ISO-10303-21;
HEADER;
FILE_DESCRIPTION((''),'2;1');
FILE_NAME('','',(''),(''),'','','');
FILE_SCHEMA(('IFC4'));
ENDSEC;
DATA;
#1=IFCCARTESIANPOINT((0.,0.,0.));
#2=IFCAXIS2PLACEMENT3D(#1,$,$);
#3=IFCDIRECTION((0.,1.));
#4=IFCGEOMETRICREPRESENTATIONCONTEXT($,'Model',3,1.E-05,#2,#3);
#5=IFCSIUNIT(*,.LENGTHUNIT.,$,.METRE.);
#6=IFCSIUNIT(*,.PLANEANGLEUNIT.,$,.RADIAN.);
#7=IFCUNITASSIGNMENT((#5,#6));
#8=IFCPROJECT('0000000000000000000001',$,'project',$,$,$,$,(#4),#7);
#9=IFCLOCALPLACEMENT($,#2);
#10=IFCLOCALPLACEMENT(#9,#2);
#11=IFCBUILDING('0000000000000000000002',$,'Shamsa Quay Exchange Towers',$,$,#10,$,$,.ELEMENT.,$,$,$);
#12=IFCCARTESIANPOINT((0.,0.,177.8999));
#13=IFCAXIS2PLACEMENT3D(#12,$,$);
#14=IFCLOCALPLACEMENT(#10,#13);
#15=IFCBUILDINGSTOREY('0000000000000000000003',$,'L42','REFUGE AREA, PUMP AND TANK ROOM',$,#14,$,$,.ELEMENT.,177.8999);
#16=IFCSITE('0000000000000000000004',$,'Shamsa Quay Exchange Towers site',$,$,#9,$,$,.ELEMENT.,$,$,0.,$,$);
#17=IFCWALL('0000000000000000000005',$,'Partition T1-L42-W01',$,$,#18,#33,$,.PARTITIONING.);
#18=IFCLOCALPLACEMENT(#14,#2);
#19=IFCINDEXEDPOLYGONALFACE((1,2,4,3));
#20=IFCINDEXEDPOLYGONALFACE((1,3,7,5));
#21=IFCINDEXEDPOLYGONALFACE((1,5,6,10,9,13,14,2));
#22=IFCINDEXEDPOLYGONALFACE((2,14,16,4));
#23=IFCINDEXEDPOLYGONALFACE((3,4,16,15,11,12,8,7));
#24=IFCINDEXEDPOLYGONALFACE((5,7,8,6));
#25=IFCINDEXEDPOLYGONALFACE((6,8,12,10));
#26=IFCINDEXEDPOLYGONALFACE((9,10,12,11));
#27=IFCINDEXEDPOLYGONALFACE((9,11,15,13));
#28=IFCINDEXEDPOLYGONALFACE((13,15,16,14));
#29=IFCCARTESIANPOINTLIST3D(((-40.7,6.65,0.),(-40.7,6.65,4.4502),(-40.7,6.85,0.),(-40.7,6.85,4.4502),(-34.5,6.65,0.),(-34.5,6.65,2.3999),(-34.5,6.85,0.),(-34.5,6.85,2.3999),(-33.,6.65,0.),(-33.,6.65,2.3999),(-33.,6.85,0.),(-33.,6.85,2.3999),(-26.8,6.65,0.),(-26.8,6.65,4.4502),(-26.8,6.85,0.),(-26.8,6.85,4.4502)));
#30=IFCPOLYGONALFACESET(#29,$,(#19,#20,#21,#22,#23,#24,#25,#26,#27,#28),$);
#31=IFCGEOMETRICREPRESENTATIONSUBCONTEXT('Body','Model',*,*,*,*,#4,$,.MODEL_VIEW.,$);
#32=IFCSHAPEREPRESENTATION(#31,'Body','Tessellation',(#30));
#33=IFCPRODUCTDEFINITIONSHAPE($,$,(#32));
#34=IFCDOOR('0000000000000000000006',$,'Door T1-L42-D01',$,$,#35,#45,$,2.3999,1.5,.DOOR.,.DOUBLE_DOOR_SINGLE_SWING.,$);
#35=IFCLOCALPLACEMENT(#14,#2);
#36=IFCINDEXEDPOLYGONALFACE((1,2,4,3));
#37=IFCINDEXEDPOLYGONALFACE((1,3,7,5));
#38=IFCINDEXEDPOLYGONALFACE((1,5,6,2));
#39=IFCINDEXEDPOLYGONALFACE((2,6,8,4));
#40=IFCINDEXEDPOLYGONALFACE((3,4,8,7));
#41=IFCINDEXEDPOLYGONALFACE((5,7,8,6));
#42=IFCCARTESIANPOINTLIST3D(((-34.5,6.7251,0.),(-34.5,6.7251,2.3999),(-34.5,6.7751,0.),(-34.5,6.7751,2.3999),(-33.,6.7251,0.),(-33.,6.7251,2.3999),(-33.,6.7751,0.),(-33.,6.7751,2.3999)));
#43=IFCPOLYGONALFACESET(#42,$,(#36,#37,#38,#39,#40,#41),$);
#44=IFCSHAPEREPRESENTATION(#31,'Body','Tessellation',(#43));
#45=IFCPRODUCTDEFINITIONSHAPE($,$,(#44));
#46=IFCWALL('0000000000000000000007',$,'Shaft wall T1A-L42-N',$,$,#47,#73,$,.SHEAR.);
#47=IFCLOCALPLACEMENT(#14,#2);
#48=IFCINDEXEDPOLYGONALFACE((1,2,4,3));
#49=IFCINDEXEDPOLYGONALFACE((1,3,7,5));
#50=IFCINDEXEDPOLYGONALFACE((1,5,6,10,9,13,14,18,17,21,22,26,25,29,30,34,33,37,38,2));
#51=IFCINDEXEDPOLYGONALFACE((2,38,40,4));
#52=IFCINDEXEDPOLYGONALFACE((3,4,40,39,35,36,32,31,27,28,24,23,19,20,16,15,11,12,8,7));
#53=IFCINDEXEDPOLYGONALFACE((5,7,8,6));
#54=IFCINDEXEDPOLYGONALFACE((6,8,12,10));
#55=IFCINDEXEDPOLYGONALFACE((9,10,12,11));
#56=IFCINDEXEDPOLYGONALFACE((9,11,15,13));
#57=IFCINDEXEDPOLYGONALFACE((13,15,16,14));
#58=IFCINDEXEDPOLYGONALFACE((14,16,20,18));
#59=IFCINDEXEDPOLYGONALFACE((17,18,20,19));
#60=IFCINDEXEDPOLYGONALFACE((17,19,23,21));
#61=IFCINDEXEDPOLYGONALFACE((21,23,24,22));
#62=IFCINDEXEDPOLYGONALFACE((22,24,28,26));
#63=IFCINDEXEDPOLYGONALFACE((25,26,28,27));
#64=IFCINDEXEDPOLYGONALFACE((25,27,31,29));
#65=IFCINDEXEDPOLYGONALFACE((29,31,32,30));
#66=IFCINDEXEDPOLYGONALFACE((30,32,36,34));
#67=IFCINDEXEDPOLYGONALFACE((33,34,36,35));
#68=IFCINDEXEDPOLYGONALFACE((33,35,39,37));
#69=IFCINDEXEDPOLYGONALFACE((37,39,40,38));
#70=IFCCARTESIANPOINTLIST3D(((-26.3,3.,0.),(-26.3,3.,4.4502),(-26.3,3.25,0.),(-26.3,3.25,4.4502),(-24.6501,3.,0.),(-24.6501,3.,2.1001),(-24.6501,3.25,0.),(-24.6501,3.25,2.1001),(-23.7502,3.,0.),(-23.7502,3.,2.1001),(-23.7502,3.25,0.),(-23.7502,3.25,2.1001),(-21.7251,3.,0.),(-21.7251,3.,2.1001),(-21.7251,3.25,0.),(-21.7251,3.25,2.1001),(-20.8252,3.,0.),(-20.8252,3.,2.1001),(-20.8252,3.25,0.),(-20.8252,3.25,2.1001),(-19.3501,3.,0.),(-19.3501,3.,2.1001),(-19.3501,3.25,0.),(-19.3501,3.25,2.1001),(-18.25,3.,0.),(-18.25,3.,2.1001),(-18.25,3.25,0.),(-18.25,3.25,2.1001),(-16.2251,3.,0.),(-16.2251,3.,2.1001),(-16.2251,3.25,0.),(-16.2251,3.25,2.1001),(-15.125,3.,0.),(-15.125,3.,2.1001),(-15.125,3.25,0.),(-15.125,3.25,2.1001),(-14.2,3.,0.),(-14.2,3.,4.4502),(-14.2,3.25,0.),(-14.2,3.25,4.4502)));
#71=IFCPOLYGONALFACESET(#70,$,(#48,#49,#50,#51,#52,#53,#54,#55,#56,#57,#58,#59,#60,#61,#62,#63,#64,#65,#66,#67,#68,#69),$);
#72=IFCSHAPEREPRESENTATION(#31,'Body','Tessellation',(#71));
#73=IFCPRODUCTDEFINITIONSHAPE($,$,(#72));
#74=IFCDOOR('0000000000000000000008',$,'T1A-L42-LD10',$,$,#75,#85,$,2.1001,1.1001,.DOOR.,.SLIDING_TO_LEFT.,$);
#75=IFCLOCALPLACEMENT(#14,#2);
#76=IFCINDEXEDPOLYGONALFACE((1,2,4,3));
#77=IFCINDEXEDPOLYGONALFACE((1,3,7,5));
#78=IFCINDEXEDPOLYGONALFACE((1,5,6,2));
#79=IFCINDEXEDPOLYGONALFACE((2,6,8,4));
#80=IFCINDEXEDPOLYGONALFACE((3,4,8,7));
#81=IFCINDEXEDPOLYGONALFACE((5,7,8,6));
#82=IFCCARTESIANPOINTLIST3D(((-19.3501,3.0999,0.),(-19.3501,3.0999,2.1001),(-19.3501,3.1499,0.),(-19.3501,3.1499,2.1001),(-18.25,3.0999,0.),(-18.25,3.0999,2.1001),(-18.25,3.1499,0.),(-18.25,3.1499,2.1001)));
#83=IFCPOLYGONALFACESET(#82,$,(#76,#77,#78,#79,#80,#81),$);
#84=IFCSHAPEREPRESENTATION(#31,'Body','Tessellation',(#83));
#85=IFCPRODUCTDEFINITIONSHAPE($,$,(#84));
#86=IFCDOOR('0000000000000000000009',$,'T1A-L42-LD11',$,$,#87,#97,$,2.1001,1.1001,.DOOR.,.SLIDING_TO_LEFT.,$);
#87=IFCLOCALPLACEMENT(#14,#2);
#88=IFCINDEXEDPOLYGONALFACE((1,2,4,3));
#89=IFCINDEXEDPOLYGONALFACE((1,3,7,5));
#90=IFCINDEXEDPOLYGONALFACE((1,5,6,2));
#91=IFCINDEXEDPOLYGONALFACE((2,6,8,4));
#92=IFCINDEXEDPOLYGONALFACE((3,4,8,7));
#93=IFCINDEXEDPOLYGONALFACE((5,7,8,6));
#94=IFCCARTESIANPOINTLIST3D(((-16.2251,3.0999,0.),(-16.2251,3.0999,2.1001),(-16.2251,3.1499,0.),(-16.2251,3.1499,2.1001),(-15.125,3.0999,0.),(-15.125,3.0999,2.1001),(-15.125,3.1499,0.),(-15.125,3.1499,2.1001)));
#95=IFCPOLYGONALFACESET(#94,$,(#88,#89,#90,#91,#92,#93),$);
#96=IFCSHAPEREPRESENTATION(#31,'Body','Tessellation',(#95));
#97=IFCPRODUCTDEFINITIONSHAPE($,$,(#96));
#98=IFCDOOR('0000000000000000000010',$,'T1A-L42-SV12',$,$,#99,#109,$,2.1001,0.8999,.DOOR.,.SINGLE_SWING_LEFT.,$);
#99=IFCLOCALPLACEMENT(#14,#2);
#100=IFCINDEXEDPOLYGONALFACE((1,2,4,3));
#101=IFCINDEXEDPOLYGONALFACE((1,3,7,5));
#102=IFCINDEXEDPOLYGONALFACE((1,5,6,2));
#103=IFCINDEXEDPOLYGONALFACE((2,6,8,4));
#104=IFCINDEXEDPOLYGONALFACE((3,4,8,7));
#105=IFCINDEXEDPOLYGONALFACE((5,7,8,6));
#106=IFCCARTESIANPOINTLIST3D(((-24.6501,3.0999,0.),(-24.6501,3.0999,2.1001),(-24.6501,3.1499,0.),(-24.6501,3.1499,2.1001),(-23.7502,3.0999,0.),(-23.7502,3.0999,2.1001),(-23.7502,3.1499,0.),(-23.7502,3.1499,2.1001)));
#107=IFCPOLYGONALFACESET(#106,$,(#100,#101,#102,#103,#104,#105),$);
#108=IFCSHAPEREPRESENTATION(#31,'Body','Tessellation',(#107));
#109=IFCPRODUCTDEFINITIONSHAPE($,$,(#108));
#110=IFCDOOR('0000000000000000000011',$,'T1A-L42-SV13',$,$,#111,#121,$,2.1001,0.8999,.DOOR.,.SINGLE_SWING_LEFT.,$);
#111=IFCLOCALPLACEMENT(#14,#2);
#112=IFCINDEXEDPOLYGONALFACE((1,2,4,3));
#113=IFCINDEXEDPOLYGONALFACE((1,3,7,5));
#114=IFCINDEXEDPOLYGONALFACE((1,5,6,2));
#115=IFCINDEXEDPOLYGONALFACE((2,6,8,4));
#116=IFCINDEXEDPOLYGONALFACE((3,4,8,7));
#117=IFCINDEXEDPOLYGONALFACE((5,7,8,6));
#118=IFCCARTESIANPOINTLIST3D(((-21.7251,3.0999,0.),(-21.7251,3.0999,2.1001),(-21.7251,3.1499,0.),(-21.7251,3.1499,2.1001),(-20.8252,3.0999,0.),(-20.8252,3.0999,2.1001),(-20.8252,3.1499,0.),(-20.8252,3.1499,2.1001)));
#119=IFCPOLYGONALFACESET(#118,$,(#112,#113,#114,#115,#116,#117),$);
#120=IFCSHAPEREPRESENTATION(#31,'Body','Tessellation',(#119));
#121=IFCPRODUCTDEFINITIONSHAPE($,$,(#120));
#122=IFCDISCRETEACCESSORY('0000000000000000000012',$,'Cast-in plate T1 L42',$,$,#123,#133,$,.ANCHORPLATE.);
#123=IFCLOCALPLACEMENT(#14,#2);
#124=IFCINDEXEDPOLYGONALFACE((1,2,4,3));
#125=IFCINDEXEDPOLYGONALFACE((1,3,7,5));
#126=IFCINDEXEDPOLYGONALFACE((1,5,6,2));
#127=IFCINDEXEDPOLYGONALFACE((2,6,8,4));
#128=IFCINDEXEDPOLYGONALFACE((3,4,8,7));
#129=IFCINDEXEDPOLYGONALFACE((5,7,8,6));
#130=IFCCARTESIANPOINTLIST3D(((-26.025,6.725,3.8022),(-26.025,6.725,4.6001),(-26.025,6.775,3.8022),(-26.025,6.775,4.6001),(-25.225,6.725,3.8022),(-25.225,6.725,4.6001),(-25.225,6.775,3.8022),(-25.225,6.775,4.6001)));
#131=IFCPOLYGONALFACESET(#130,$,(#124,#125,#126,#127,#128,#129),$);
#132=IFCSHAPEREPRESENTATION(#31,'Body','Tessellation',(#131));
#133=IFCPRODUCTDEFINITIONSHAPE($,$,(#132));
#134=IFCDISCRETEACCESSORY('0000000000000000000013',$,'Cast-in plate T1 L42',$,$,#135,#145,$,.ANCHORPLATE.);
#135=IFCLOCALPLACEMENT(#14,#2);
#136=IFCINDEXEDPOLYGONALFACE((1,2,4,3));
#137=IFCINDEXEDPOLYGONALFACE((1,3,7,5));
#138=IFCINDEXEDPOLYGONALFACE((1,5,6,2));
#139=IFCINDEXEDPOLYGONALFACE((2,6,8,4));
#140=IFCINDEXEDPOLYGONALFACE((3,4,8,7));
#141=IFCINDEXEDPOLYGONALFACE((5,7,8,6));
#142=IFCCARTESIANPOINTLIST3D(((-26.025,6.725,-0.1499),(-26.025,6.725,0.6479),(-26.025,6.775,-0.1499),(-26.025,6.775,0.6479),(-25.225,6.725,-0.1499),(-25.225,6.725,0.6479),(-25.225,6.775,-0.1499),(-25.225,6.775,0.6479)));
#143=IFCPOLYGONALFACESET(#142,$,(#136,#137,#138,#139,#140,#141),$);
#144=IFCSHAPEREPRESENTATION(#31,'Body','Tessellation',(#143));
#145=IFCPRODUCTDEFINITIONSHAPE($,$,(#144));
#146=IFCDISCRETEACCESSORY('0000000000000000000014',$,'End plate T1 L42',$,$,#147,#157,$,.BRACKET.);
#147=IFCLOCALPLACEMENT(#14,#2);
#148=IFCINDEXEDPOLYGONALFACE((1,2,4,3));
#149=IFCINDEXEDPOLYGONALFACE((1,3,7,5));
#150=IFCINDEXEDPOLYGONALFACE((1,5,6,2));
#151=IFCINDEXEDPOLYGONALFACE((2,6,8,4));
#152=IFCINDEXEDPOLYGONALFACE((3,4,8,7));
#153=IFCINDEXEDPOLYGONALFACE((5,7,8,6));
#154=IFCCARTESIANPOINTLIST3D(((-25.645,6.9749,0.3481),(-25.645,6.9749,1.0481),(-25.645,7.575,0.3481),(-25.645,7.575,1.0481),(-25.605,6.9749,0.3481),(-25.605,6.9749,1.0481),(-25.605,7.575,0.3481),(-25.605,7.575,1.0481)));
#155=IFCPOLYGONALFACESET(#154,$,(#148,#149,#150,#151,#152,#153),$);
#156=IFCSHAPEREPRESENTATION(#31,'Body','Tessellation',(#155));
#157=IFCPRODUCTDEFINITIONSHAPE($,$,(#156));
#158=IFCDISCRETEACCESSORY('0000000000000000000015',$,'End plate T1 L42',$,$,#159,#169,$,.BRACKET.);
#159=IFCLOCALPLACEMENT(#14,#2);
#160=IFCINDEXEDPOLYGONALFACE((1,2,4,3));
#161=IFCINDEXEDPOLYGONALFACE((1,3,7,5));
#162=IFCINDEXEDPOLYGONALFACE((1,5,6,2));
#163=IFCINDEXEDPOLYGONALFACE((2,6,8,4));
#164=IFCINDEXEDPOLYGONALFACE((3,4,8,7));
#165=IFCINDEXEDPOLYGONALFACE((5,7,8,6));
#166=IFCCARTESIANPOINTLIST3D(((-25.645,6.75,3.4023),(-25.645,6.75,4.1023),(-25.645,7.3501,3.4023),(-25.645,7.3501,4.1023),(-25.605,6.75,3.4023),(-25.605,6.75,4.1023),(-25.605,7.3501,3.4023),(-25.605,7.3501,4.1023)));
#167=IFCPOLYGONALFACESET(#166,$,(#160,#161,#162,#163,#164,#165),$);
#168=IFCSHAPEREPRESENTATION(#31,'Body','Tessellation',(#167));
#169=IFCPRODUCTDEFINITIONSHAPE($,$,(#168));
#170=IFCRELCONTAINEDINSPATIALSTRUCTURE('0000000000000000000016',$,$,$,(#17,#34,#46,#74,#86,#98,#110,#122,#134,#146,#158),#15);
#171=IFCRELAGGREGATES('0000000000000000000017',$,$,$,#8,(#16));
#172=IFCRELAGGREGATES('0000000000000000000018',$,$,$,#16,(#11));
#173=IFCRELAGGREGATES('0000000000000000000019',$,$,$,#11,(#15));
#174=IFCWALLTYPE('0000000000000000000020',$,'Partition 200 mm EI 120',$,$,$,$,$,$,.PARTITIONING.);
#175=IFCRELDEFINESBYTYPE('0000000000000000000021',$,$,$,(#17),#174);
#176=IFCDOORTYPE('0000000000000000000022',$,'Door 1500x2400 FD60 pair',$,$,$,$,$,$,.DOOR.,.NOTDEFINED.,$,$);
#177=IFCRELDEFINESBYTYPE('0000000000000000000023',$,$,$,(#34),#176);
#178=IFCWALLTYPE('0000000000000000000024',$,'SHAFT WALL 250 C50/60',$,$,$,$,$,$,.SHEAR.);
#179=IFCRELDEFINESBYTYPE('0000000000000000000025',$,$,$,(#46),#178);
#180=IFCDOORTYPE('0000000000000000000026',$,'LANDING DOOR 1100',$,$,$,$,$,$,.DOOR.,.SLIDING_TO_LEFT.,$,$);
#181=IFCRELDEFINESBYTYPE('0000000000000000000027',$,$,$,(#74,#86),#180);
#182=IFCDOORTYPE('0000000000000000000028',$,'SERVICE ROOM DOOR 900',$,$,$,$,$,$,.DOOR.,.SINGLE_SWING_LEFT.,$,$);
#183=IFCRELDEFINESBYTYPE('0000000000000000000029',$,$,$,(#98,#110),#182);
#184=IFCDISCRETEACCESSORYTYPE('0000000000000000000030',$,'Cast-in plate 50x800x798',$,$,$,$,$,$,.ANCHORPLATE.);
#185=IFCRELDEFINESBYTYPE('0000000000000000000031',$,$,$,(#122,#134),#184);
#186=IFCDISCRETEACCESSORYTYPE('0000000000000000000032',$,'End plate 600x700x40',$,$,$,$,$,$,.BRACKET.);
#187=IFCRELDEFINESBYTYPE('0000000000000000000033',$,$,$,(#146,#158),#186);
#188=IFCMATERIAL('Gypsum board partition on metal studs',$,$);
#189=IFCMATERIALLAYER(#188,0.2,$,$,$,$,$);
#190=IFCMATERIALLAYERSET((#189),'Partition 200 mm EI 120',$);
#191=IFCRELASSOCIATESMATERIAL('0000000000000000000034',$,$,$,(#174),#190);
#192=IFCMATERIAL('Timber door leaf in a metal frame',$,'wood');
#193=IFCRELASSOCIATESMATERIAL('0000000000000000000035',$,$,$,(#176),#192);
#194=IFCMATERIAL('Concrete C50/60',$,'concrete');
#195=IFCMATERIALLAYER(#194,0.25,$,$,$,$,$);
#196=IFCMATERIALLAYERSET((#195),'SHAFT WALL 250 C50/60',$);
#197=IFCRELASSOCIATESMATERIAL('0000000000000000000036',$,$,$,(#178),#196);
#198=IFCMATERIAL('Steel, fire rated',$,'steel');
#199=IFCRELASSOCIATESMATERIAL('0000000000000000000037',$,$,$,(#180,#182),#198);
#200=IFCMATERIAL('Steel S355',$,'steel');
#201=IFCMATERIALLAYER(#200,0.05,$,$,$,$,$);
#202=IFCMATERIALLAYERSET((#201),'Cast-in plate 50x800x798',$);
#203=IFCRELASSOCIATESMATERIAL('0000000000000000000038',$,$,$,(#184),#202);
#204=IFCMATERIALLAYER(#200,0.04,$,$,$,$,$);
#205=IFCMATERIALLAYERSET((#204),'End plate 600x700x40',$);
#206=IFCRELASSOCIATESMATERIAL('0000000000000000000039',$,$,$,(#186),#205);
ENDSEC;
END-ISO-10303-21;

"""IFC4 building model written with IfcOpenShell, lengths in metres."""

from ifc_helpers import new_model, si_unit, direction, frame, frame_2d, origin, origin_2d, place, context, subcontext, project, spatial, rectangle, extrude, material, layer, layer_set, type_object, element, fill, save


model = new_model("IFC4")

# Units and contexts
model_context = context("Model", 3, precision=1e-05, world=origin(), true_north=direction((0.0, 1.0)))
body_context = subcontext(model_context, "Body", "Model", "MODEL_VIEW")
ifc_project = project(units=[si_unit("LENGTHUNIT", "METRE"), si_unit("PLANEANGLEUNIT", "RADIAN")], contexts=[model_context])

# Site, building, storey
site_placement = place(None, origin())
site = spatial("IfcSite", under=ifc_project, at=site_placement, Name="Shamsa Quay Exchange Towers site", CompositionType="ELEMENT", RefElevation=0.0)
building_placement = place(site_placement, origin())
building = spatial("IfcBuilding", under=site, at=building_placement, Name="Shamsa Quay Exchange Towers", CompositionType="ELEMENT")
storey_placement = place(building_placement, frame((0.0, 0.0, 177.8999)))
storey = spatial("IfcBuildingStorey", under=building, at=storey_placement, Name="L42", Description="REFUGE AREA, PUMP AND TANK ROOM", CompositionType="ELEMENT", Elevation=177.8999)

# Shared definitions
ifc_material_1 = material(Name="Steel S355", Category="steel")

# Shared definitions
ifc_material_2 = material(Name="Steel, fire rated", Category="steel")

# Wall, opening, door
ifc_material_3 = material(Name="Gypsum board partition on metal studs")
ifc_layer_1 = layer(ifc_material_3, 0.2)
ifc_layer_set_1 = layer_set([ifc_layer_1], Name="Partition 200 mm EI 120")
wall_type_1 = type_object("IfcWallType", Name="Partition 200 mm EI 120", PredefinedType="PARTITIONING", material=ifc_layer_set_1)
wall_1_placement = place(storey_placement, frame((-26.8, 6.75, 0.0), z_axis=(0.0, 0.0, 1.0), x_axis=(-1.0, 0.0, 0.0)))
wall_1 = element("IfcWall", 1, at=wall_1_placement, inside=storey, type_object=wall_type_1, Name="Partition T1-L42-W01", PredefinedType="PARTITIONING", context=body_context, shape_type="SweptSolid", body=[
    extrude(rectangle(XDim=13.8999, YDim=0.2, at=frame_2d((6.95, 0.0))), origin(), (0.0, 0.0, 1.0), 4.4502),
])
opening_1_placement = place(wall_1_placement, frame((6.2, 0.0, 0.0)))
opening_1 = element("IfcOpeningElement", 2, at=opening_1_placement, cuts=wall_1, PredefinedType="OPENING", context=body_context, shape_type="SweptSolid", body=[
    extrude(rectangle(XDim=1.5, YDim=2.3999, at=frame_2d((0.75, 1.2))), frame((0.0, 0.1099, 0.0), z_axis=(0.0, -1.0, 0.0), x_axis=(1.0, 0.0, 0.0)), (0.0, 0.0, 1.0), 0.22),
])
ifc_material_4 = material(Name="Timber door leaf in a metal frame", Category="wood")
door_type_1 = type_object("IfcDoorType", Name="Door 1500x2400 FD60 pair", OperationType="NOTDEFINED", PredefinedType="DOOR", material=ifc_material_4)
door_1_placement = place(opening_1_placement, origin())
door_1 = element("IfcDoor", 3, at=door_1_placement, inside=storey, type_object=door_type_1, Name="Door T1-L42-D01", OperationType="DOUBLE_DOOR_SINGLE_SWING", OverallHeight=2.3999, OverallWidth=1.5, PredefinedType="DOOR", context=body_context, shape_type="SweptSolid", body=[
    extrude(rectangle(XDim=1.5, YDim=2.3999, at=frame_2d((0.75, 1.2))), frame((0.0, 0.0249, 0.0), z_axis=(0.0, -1.0, 0.0), x_axis=(1.0, 0.0, 0.0)), (0.0, 0.0, 1.0), 0.05),
])
fill(opening_1, door_1)

# Wall, openings, doors
ifc_material_5 = material(Name="Concrete C50/60", Category="concrete")
ifc_layer_2 = layer(ifc_material_5, 0.25)
ifc_layer_set_2 = layer_set([ifc_layer_2], Name="SHAFT WALL 250 C50/60")
wall_type_2 = type_object("IfcWallType", Name="SHAFT WALL 250 C50/60", PredefinedType="SHEAR", material=ifc_layer_set_2)
wall_2_placement = place(storey_placement, frame((-26.3, 3.125, 0.0)))
wall_2 = element("IfcWall", 4, at=wall_2_placement, inside=storey, type_object=wall_type_2, Name="Shaft wall T1A-L42-N", PredefinedType="SHEAR", context=body_context, shape_type="SweptSolid", body=[
    extrude(rectangle(XDim=12.1001, YDim=0.25, at=frame_2d((6.05, 0.0))), origin(), (0.0, 0.0, 1.0), 4.4502),
])
opening_2_placement = place(wall_2_placement, frame((6.95, 0.0, 0.0)))
opening_2 = element("IfcOpeningElement", 5, at=opening_2_placement, cuts=wall_2, PredefinedType="OPENING", context=body_context, shape_type="SweptSolid", body=[
    extrude(rectangle(XDim=1.1001, YDim=2.1001, at=frame_2d((0.55, 1.05))), frame((0.0, 0.135, 0.0), z_axis=(0.0, -1.0, 0.0), x_axis=(1.0, 0.0, 0.0)), (0.0, 0.0, 1.0), 0.27),
])
opening_3_placement = place(wall_2_placement, frame((10.075, 0.0, 0.0)))
opening_3 = element("IfcOpeningElement", 6, at=opening_3_placement, cuts=wall_2, PredefinedType="OPENING", context=body_context, shape_type="SweptSolid", body=[
    extrude(rectangle(XDim=1.1001, YDim=2.1001, at=frame_2d((0.55, 1.05))), frame((0.0, 0.135, 0.0), z_axis=(0.0, -1.0, 0.0), x_axis=(1.0, 0.0, 0.0)), (0.0, 0.0, 1.0), 0.27),
])
opening_4_placement = place(wall_2_placement, frame((1.6499, 0.0, 0.0)))
opening_4 = element("IfcOpeningElement", 7, at=opening_4_placement, cuts=wall_2, PredefinedType="OPENING", context=body_context, shape_type="SweptSolid", body=[
    extrude(rectangle(XDim=0.8999, YDim=2.1001, at=frame_2d((0.45, 1.05))), frame((0.0, 0.135, 0.0), z_axis=(0.0, -1.0, 0.0), x_axis=(1.0, 0.0, 0.0)), (0.0, 0.0, 1.0), 0.27),
])
opening_5_placement = place(wall_2_placement, frame((4.575, 0.0, 0.0)))
opening_5 = element("IfcOpeningElement", 8, at=opening_5_placement, cuts=wall_2, PredefinedType="OPENING", context=body_context, shape_type="SweptSolid", body=[
    extrude(rectangle(XDim=0.8999, YDim=2.1001, at=frame_2d((0.45, 1.05))), frame((0.0, 0.135, 0.0), z_axis=(0.0, -1.0, 0.0), x_axis=(1.0, 0.0, 0.0)), (0.0, 0.0, 1.0), 0.27),
])
door_type_2 = type_object("IfcDoorType", Name="LANDING DOOR 1100", OperationType="SLIDING_TO_LEFT", PredefinedType="DOOR", material=ifc_material_2)
door_2_placement = place(opening_2_placement, origin())
door_2 = element("IfcDoor", 9, at=door_2_placement, inside=storey, type_object=door_type_2, Name="T1A-L42-LD10", OperationType="SLIDING_TO_LEFT", OverallHeight=2.1001, OverallWidth=1.1001, PredefinedType="DOOR", context=body_context, shape_type="SweptSolid", body=[
    extrude(rectangle(XDim=1.1001, YDim=2.1001, at=frame_2d((0.55, 1.05))), frame((0.0, 0.0249, 0.0), z_axis=(0.0, -1.0, 0.0), x_axis=(1.0, 0.0, 0.0)), (0.0, 0.0, 1.0), 0.05),
])
fill(opening_2, door_2)
door_3_placement = place(opening_3_placement, origin())
door_3 = element("IfcDoor", 10, at=door_3_placement, inside=storey, type_object=door_type_2, Name="T1A-L42-LD11", OperationType="SLIDING_TO_LEFT", OverallHeight=2.1001, OverallWidth=1.1001, PredefinedType="DOOR", context=body_context, shape_type="SweptSolid", body=[
    extrude(rectangle(XDim=1.1001, YDim=2.1001, at=frame_2d((0.55, 1.05))), frame((0.0, 0.0249, 0.0), z_axis=(0.0, -1.0, 0.0), x_axis=(1.0, 0.0, 0.0)), (0.0, 0.0, 1.0), 0.05),
])
fill(opening_3, door_3)
door_type_3 = type_object("IfcDoorType", Name="SERVICE ROOM DOOR 900", OperationType="SINGLE_SWING_LEFT", PredefinedType="DOOR", material=ifc_material_2)
door_4_placement = place(opening_4_placement, origin())
door_4 = element("IfcDoor", 11, at=door_4_placement, inside=storey, type_object=door_type_3, Name="T1A-L42-SV12", OperationType="SINGLE_SWING_LEFT", OverallHeight=2.1001, OverallWidth=0.8999, PredefinedType="DOOR", context=body_context, shape_type="SweptSolid", body=[
    extrude(rectangle(XDim=0.8999, YDim=2.1001, at=frame_2d((0.45, 1.05))), frame((0.0, 0.0249, 0.0), z_axis=(0.0, -1.0, 0.0), x_axis=(1.0, 0.0, 0.0)), (0.0, 0.0, 1.0), 0.05),
])
fill(opening_4, door_4)
door_5_placement = place(opening_5_placement, origin())
door_5 = element("IfcDoor", 12, at=door_5_placement, inside=storey, type_object=door_type_3, Name="T1A-L42-SV13", OperationType="SINGLE_SWING_LEFT", OverallHeight=2.1001, OverallWidth=0.8999, PredefinedType="DOOR", context=body_context, shape_type="SweptSolid", body=[
    extrude(rectangle(XDim=0.8999, YDim=2.1001, at=frame_2d((0.45, 1.05))), frame((0.0, 0.0249, 0.0), z_axis=(0.0, -1.0, 0.0), x_axis=(1.0, 0.0, 0.0)), (0.0, 0.0, 1.0), 0.05),
])
fill(opening_5, door_5)

# Discrete accessories
ifc_layer_3 = layer(ifc_material_1, 0.05)
ifc_layer_set_3 = layer_set([ifc_layer_3], Name="Cast-in plate 50x800x798")
discrete_accessory_type_1 = type_object("IfcDiscreteAccessoryType", Name="Cast-in plate 50x800x798", PredefinedType="ANCHORPLATE", material=ifc_layer_set_3)
for number, where, z_axis, x_axis, name in (
    (13, (-25.625, 6.75, 3.8022), (0.0, 0.0, 1.0), (0.0, -1.0, 0.0), "Cast-in plate T1 L42"),
    (14, (-25.625, 6.75, -0.1499), (0.0, 0.0, 1.0), (0.0, -1.0, 0.0), "Cast-in plate T1 L42"),
):
    element("IfcDiscreteAccessory", number, at=place(storey_placement, frame(where, z_axis=z_axis, x_axis=x_axis)), inside=storey, type_object=discrete_accessory_type_1, Name=name, PredefinedType="ANCHORPLATE", context=body_context, shape_type="SweptSolid", body=[
        extrude(rectangle(XDim=0.05, YDim=0.8, at=origin_2d()), origin(), (0.0, 0.0, 1.0), 0.7979),
    ])
ifc_layer_4 = layer(ifc_material_1, 0.04)
ifc_layer_set_4 = layer_set([ifc_layer_4], Name="End plate 600x700x40")
discrete_accessory_type_2 = type_object("IfcDiscreteAccessoryType", Name="End plate 600x700x40", PredefinedType="BRACKET", material=ifc_layer_set_4)
for number, where, z_axis, x_axis, name in (
    (15, (-25.625, 7.2749, 0.3481), (0.0, 0.0, 1.0), (0.0, -1.0, 0.0), "End plate T1 L42"),
    (16, (-25.625, 7.05, 3.4023), (0.0, 0.0, 1.0), (0.0, -1.0, 0.0), "End plate T1 L42"),
):
    element("IfcDiscreteAccessory", number, at=place(storey_placement, frame(where, z_axis=z_axis, x_axis=x_axis)), inside=storey, type_object=discrete_accessory_type_2, Name=name, PredefinedType="BRACKET", context=body_context, shape_type="SweptSolid", body=[
        extrude(rectangle(XDim=0.6001, YDim=0.04, at=origin_2d()), origin(), (0.0, 0.0, 1.0), 0.7),
    ])

save(model, "model.ifc")
